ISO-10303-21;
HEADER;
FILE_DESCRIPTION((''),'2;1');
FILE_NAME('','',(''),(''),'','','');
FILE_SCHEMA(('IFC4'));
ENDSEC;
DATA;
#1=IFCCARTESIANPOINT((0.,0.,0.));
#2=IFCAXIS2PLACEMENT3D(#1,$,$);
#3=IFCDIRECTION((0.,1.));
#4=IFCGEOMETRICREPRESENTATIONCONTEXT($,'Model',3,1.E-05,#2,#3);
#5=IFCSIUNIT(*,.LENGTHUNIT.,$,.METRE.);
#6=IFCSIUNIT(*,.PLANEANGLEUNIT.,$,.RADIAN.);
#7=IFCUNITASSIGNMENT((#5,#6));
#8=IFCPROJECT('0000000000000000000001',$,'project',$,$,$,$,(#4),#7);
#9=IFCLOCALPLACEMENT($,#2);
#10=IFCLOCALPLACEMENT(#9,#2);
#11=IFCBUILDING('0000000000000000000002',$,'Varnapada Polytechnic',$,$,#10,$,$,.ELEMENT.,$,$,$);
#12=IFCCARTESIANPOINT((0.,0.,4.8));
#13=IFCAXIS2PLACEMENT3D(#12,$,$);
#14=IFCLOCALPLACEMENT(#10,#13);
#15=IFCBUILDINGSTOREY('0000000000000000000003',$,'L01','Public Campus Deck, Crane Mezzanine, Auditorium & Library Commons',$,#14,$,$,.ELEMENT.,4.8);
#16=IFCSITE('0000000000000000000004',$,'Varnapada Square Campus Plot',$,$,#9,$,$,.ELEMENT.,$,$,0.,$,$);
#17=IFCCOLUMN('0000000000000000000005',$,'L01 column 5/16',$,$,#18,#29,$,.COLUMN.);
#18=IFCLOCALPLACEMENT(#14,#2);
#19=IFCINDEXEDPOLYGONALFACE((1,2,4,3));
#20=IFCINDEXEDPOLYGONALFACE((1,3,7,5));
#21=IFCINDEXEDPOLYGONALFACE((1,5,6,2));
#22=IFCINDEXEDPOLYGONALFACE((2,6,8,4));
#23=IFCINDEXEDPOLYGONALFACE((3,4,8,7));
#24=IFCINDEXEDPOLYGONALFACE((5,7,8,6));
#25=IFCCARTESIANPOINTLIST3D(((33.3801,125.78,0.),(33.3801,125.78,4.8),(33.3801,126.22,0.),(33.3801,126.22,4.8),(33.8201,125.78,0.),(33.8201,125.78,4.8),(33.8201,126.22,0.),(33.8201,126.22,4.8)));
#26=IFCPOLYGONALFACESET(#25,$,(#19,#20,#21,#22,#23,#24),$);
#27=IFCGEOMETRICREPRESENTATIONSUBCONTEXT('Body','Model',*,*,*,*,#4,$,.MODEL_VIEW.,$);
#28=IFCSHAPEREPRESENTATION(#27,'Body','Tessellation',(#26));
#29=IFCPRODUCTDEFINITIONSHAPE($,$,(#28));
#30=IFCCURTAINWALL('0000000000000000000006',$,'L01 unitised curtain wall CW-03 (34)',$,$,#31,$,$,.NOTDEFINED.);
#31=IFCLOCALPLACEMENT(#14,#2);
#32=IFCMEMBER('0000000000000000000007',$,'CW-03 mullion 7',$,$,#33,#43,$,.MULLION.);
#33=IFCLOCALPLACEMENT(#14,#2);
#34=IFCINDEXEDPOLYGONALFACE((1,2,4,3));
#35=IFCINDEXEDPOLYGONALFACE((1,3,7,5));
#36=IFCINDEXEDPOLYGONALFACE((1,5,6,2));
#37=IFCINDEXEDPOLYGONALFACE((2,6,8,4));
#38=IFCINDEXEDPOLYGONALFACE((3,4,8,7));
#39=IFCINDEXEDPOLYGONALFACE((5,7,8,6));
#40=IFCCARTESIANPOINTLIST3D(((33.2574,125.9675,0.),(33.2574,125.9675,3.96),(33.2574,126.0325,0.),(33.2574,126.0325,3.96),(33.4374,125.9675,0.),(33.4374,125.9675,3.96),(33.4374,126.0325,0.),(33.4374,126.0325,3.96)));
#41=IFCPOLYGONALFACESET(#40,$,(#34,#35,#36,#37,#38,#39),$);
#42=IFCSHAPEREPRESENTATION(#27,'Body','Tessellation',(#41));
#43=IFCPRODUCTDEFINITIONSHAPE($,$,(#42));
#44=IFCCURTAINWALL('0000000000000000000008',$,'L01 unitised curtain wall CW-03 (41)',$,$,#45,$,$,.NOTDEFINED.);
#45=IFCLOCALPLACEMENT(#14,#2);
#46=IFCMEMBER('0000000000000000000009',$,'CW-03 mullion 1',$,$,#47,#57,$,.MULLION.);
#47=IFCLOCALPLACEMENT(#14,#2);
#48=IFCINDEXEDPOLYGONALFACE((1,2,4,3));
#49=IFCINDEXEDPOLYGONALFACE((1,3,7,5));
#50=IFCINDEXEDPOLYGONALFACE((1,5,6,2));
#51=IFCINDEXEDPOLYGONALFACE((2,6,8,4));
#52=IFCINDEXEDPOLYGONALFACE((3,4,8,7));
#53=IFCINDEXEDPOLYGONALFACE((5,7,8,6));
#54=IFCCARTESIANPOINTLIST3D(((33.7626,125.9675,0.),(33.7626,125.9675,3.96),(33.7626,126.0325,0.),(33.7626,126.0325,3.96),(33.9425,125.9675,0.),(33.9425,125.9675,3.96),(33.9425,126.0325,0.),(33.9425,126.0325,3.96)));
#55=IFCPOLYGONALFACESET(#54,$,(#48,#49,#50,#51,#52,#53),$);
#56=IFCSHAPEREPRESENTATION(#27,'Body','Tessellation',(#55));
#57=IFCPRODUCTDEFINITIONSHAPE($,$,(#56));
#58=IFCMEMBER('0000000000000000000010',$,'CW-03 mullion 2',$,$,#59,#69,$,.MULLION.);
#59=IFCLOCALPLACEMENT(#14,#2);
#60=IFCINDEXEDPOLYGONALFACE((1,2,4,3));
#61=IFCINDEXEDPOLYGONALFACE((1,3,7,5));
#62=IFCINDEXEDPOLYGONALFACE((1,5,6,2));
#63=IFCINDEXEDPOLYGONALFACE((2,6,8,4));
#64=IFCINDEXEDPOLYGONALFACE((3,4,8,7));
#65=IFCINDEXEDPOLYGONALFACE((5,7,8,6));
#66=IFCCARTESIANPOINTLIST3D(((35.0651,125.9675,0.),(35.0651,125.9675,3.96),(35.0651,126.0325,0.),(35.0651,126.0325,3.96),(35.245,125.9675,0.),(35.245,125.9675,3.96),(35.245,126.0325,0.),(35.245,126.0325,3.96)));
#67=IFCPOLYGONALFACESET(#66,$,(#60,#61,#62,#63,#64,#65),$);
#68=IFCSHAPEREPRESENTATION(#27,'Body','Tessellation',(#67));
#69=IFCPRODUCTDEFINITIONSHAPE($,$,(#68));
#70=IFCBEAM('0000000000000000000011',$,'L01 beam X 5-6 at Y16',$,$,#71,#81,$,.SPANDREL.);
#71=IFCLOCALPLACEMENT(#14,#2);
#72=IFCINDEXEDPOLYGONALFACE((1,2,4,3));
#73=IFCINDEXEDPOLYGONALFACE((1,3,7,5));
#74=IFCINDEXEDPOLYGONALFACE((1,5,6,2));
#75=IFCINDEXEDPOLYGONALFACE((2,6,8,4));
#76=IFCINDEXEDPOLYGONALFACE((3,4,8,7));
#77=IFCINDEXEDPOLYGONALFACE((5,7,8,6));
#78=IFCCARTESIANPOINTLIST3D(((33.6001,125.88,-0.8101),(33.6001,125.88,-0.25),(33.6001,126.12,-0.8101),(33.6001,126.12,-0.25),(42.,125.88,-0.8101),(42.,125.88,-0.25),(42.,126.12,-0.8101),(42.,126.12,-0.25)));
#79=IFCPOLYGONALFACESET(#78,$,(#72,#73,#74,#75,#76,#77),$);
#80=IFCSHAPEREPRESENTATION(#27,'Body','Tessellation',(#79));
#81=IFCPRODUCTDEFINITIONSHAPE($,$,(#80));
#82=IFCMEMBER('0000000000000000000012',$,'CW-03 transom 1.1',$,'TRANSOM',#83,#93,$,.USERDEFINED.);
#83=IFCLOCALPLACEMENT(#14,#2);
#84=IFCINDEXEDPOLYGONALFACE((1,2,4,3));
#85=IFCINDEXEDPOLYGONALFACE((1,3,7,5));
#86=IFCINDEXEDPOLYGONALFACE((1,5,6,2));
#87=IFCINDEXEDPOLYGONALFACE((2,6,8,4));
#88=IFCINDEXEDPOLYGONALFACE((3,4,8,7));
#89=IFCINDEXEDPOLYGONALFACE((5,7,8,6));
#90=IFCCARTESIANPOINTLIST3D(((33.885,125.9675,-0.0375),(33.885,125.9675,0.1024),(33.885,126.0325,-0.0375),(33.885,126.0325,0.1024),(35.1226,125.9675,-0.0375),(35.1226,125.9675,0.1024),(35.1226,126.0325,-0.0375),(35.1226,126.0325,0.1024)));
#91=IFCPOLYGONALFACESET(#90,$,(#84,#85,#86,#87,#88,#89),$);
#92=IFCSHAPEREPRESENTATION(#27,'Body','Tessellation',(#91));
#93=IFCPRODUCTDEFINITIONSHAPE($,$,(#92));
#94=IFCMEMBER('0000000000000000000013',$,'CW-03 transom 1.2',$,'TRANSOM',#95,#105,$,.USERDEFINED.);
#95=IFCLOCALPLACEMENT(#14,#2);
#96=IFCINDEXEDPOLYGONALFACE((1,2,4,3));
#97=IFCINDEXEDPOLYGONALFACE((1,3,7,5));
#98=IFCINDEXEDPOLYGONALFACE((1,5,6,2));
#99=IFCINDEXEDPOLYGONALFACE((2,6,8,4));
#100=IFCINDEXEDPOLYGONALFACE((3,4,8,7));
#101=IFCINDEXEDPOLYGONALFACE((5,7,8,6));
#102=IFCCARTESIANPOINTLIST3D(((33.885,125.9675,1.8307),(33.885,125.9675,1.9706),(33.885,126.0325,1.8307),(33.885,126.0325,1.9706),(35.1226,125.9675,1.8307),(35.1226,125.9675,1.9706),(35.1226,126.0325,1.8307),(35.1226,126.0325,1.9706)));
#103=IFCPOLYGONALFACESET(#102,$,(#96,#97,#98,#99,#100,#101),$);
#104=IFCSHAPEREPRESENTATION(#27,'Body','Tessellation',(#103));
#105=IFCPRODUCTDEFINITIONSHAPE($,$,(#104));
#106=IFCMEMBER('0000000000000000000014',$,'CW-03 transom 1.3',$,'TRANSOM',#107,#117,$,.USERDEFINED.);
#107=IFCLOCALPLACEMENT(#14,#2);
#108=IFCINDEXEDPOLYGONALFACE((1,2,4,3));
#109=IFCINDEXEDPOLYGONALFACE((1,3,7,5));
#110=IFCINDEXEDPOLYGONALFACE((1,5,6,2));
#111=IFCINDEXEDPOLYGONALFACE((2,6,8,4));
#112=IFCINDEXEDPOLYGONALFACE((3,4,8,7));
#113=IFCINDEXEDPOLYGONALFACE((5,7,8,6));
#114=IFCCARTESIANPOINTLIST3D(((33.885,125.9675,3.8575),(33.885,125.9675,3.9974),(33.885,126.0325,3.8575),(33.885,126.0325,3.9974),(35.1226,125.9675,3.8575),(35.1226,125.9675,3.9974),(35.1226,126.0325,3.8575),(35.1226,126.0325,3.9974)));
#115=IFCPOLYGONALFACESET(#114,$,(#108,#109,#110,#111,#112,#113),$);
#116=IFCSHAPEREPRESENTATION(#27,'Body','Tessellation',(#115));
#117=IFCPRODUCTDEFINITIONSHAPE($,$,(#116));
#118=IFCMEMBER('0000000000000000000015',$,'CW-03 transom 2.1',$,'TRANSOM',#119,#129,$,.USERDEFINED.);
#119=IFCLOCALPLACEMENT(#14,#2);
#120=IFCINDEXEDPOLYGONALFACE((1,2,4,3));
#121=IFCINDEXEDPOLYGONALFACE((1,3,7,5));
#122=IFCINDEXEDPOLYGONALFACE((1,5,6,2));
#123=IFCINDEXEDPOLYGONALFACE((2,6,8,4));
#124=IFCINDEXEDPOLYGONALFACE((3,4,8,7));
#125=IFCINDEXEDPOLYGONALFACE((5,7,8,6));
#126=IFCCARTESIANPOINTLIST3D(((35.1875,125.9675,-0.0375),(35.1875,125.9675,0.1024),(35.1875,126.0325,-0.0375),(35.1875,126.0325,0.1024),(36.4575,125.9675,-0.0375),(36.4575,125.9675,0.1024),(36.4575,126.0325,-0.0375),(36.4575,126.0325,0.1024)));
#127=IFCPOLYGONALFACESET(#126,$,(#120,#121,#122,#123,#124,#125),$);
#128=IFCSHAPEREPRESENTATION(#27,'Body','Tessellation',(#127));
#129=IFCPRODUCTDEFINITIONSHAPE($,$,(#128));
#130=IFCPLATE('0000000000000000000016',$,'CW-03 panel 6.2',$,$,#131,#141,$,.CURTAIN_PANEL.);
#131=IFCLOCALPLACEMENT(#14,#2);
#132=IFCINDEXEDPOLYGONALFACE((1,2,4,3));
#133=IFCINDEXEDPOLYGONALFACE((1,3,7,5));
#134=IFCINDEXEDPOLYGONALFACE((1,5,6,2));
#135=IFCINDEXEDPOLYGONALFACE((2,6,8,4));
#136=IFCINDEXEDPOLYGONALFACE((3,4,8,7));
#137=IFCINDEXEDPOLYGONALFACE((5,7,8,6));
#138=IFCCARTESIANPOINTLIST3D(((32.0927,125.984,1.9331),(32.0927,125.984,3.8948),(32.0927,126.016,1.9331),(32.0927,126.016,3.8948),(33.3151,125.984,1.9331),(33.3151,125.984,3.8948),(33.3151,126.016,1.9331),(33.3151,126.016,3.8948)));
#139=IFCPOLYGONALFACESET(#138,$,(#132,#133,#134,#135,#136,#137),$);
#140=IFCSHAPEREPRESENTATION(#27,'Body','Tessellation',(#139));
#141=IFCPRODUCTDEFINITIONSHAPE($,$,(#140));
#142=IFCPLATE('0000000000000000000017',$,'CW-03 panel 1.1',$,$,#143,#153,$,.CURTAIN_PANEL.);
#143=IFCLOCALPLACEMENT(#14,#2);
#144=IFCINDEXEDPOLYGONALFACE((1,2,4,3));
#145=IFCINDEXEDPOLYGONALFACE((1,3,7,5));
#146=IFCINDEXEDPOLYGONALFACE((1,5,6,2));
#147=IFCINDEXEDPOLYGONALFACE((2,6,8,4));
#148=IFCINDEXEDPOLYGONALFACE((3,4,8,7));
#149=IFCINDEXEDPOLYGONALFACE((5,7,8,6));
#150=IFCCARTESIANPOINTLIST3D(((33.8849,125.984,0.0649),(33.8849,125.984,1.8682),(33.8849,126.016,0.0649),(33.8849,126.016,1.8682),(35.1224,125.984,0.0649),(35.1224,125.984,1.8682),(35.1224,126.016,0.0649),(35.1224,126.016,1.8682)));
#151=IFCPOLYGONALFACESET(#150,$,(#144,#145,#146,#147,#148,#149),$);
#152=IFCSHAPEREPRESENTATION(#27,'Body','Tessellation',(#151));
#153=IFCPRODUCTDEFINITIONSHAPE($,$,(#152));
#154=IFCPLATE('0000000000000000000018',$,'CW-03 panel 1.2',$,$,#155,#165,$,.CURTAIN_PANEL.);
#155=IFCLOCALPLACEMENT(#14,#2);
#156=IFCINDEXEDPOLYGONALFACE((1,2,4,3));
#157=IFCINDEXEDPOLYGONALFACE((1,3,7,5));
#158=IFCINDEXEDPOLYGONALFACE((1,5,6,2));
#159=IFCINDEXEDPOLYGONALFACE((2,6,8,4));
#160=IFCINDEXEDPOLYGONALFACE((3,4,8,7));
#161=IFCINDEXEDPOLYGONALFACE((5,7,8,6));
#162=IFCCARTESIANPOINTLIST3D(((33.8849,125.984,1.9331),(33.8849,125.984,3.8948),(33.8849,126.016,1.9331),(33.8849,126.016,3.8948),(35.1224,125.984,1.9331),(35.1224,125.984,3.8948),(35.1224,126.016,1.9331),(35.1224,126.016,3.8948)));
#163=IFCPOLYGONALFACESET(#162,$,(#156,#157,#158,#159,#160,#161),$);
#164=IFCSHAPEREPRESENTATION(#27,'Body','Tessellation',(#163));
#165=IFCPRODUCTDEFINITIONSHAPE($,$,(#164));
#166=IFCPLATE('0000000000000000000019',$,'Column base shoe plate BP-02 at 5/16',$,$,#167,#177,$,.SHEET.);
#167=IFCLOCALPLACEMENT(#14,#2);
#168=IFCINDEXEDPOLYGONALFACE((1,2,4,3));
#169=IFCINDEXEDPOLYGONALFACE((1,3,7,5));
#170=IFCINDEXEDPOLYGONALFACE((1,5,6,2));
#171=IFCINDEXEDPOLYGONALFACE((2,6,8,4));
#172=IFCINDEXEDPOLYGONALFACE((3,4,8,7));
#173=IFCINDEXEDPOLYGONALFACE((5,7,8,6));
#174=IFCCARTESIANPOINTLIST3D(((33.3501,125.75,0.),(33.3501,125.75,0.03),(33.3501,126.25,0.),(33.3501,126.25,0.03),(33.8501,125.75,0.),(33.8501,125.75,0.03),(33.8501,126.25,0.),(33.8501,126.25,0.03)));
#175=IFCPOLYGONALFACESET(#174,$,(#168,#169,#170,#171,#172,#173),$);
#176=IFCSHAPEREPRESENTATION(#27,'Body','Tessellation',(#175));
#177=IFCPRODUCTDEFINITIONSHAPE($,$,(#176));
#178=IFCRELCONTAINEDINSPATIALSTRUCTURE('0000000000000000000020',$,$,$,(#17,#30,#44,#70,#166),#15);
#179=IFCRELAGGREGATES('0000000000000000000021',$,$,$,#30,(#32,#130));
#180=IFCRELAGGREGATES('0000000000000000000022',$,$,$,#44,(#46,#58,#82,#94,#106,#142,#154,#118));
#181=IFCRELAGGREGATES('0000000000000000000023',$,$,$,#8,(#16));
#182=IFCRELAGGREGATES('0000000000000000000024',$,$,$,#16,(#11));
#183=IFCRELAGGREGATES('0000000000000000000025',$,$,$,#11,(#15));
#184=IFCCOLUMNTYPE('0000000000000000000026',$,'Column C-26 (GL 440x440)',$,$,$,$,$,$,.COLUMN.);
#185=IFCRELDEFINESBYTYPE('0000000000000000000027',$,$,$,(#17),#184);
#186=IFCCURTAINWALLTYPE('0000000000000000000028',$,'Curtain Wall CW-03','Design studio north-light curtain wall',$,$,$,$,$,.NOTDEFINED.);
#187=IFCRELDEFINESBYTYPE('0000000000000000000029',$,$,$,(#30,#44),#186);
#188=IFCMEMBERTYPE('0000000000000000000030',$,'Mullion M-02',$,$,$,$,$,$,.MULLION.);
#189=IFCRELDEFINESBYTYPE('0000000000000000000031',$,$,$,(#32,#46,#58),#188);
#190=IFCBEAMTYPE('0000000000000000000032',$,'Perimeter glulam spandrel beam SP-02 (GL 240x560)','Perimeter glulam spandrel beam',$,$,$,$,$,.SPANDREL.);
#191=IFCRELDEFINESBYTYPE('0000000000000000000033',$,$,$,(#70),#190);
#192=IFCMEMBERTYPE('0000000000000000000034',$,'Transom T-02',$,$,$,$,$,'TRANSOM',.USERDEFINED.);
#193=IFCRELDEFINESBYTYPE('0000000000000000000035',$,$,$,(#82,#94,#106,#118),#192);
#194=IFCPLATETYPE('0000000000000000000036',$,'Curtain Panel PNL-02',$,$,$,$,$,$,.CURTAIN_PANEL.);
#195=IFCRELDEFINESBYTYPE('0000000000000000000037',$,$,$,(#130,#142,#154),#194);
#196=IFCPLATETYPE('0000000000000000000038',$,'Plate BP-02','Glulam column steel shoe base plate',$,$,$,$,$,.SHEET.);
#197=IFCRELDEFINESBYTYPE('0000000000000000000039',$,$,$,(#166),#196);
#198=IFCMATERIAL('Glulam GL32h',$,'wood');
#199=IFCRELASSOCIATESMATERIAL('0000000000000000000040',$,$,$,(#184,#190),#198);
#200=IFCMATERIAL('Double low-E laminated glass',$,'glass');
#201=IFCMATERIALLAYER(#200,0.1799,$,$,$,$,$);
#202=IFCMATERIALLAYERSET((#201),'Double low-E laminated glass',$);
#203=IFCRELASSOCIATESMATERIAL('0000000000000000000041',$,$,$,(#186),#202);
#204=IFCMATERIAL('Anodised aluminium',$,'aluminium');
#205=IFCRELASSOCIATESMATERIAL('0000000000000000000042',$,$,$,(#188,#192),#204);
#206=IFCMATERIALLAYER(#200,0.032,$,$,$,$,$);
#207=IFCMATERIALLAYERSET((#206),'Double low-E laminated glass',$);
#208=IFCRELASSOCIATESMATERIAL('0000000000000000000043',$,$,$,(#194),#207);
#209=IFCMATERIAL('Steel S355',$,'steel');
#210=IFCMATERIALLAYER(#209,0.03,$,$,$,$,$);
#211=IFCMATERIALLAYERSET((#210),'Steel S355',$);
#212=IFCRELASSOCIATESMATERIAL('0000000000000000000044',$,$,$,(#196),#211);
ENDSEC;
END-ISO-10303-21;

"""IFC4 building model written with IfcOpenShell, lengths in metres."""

from ifc_helpers import new_model, si_unit, direction, frame, origin, origin_2d, place, context, subcontext, project, spatial, rectangle, extrude, material, layer, layer_set, material_profile, profile_set, type_object, element, aggregate, save


model = new_model("IFC4")

# Units and contexts
model_context = context("Model", 3, precision=1e-05, world=origin(), true_north=direction((0.0, 1.0)))
body_context = subcontext(model_context, "Body", "Model", "MODEL_VIEW")
ifc_project = project(units=[si_unit("LENGTHUNIT", "METRE"), si_unit("PLANEANGLEUNIT", "RADIAN")], contexts=[model_context])

# Site, building, storey
site_placement = place(None, origin())
site = spatial("IfcSite", under=ifc_project, at=site_placement, Name="Varnapada Square Campus Plot", CompositionType="ELEMENT", RefElevation=0.0)
building_placement = place(site_placement, origin())
building = spatial("IfcBuilding", under=site, at=building_placement, Name="Varnapada Polytechnic", CompositionType="ELEMENT")
storey_placement = place(building_placement, frame((0.0, 0.0, 4.8)))
storey = spatial("IfcBuildingStorey", under=building, at=storey_placement, Name="L01", Description="Public Campus Deck, Crane Mezzanine, Auditorium & Library Commons", CompositionType="ELEMENT", Elevation=4.8)

# Column
ifc_material_1 = material(Name="Glulam GL32h", Category="wood")
ifc_material_profile_1 = material_profile(ifc_material_1, rectangle(XDim=0.4399, YDim=0.4399, at=origin_2d()), Name="GL 440x440")
ifc_profile_set_1 = profile_set([ifc_material_profile_1], Name="Glulam GL32h")
column_type = type_object("IfcColumnType", Name="Column C-26 (GL 440x440)", PredefinedType="COLUMN", material=ifc_profile_set_1)
column_placement = place(storey_placement, frame((33.6001, 126.0, 0.0), z_axis=(0.0, 0.0, 1.0), x_axis=(1.0, 0.0, 0.0)))
element("IfcColumn", 1, at=column_placement, inside=storey, type_object=column_type, Name="L01 column 5/16", PredefinedType="COLUMN", context=body_context, shape_type="SweptSolid", body=[
    extrude(rectangle(XDim=0.4399, YDim=0.4399, at=origin_2d()), origin(), (0.0, 0.0, 1.0), 4.8),
])

# Curtain wall, member
ifc_material_2 = material(Name="Double low-E laminated glass", Category="glass")
ifc_layer_1 = layer(ifc_material_2, 0.1799)
ifc_layer_set_1 = layer_set([ifc_layer_1], Name="Double low-E laminated glass")
curtain_wall_type = type_object("IfcCurtainWallType", Name="Curtain Wall CW-03", Description="Design studio north-light curtain wall", PredefinedType="NOTDEFINED", material=ifc_layer_set_1)
curtain_wall_1_placement = place(storey_placement, origin())
curtain_wall_1 = element("IfcCurtainWall", 2, at=curtain_wall_1_placement, inside=storey, type_object=curtain_wall_type, Name="L01 unitised curtain wall CW-03 (34)", PredefinedType="NOTDEFINED")
ifc_material_3 = material(Name="Anodised aluminium", Category="aluminium")
ifc_material_profile_2 = material_profile(ifc_material_3, rectangle(XDim=0.0649, YDim=0.1799, at=origin_2d()), Name="ALU M65x180")
ifc_profile_set_2 = profile_set([ifc_material_profile_2], Name="Anodised aluminium")
member_type_1 = type_object("IfcMemberType", Name="Mullion M-02", PredefinedType="MULLION", material=ifc_profile_set_2)
member_1_placement = place(storey_placement, frame((33.3474, 126.0, 0.0), z_axis=(0.0, 0.0, 1.0), x_axis=(0.0, 1.0, 0.0)))
member_1 = element("IfcMember", 3, at=member_1_placement, type_object=member_type_1, Name="CW-03 mullion 7", PredefinedType="MULLION", context=body_context, shape_type="SweptSolid", body=[
    extrude(rectangle(XDim=0.0649, YDim=0.1799, at=origin_2d()), origin(), (0.0, 0.0, 1.0), 3.96),
])

# Curtain wall, members
curtain_wall_2_placement = place(storey_placement, origin())
curtain_wall_2 = element("IfcCurtainWall", 4, at=curtain_wall_2_placement, inside=storey, type_object=curtain_wall_type, Name="L01 unitised curtain wall CW-03 (41)", PredefinedType="NOTDEFINED")
member_2_placement = place(storey_placement, frame((33.8525, 126.0, 0.0), z_axis=(0.0, 0.0, 1.0), x_axis=(0.0, 1.0, 0.0)))
member_2 = element("IfcMember", 5, at=member_2_placement, type_object=member_type_1, Name="CW-03 mullion 1", PredefinedType="MULLION", context=body_context, shape_type="SweptSolid", body=[
    extrude(rectangle(XDim=0.0649, YDim=0.1799, at=origin_2d()), origin(), (0.0, 0.0, 1.0), 3.96),
])
member_3_placement = place(storey_placement, frame((35.155, 126.0, 0.0), z_axis=(0.0, 0.0, 1.0), x_axis=(0.0, 1.0, 0.0)))
member_3 = element("IfcMember", 6, at=member_3_placement, type_object=member_type_1, Name="CW-03 mullion 2", PredefinedType="MULLION", context=body_context, shape_type="SweptSolid", body=[
    extrude(rectangle(XDim=0.0649, YDim=0.1799, at=origin_2d()), origin(), (0.0, 0.0, 1.0), 3.96),
])

# Beam
ifc_material_profile_3 = material_profile(ifc_material_1, rectangle(XDim=0.24, YDim=0.5601, at=origin_2d()), Name="GL 240x560")
ifc_profile_set_3 = profile_set([ifc_material_profile_3], Name="Glulam GL32h")
beam_type = type_object("IfcBeamType", Name="Perimeter glulam spandrel beam SP-02 (GL 240x560)", Description="Perimeter glulam spandrel beam", PredefinedType="SPANDREL", material=ifc_profile_set_3)
beam_placement = place(storey_placement, frame((33.6001, 126.0, -0.53), z_axis=(1.0, 0.0, 0.0), x_axis=(0.0, 1.0, 0.0)))
element("IfcBeam", 7, at=beam_placement, inside=storey, type_object=beam_type, Name="L01 beam X 5-6 at Y16", PredefinedType="SPANDREL", context=body_context, shape_type="SweptSolid", body=[
    extrude(rectangle(XDim=0.24, YDim=0.5601, at=origin_2d()), origin(), (0.0, 0.0, 1.0), 8.3999),
])

# Members
ifc_material_profile_4 = material_profile(ifc_material_3, rectangle(XDim=0.0649, YDim=0.1399, at=origin_2d()), Name="ALU T65x140")
ifc_profile_set_4 = profile_set([ifc_material_profile_4], Name="Anodised aluminium")
member_type_2 = type_object("IfcMemberType", Name="Transom T-02", ElementType="TRANSOM", PredefinedType="USERDEFINED", material=ifc_profile_set_4)
member_4_placement = place(storey_placement, frame((33.885, 126.0, 0.0325), z_axis=(1.0, 0.0, 0.0), x_axis=(0.0, 1.0, 0.0)))
member_4 = element("IfcMember", 8, at=member_4_placement, type_object=member_type_2, Name="CW-03 transom 1.1", ObjectType="TRANSOM", PredefinedType="USERDEFINED", context=body_context, shape_type="SweptSolid", body=[
    extrude(rectangle(XDim=0.0649, YDim=0.1399, at=origin_2d()), origin(), (0.0, 0.0, 1.0), 1.2375),
])
member_5_placement = place(storey_placement, frame((33.885, 126.0, 1.9006), z_axis=(1.0, 0.0, 0.0), x_axis=(0.0, 1.0, 0.0)))
member_5 = element("IfcMember", 9, at=member_5_placement, type_object=member_type_2, Name="CW-03 transom 1.2", ObjectType="TRANSOM", PredefinedType="USERDEFINED", context=body_context, shape_type="SweptSolid", body=[
    extrude(rectangle(XDim=0.0649, YDim=0.1399, at=origin_2d()), origin(), (0.0, 0.0, 1.0), 1.2375),
])
member_6_placement = place(storey_placement, frame((33.885, 126.0, 3.9275), z_axis=(1.0, 0.0, 0.0), x_axis=(0.0, 1.0, 0.0)))
member_6 = element("IfcMember", 10, at=member_6_placement, type_object=member_type_2, Name="CW-03 transom 1.3", ObjectType="TRANSOM", PredefinedType="USERDEFINED", context=body_context, shape_type="SweptSolid", body=[
    extrude(rectangle(XDim=0.0649, YDim=0.1399, at=origin_2d()), origin(), (0.0, 0.0, 1.0), 1.2375),
])
member_7_placement = place(storey_placement, frame((35.1875, 126.0, 0.0325), z_axis=(1.0, 0.0, 0.0), x_axis=(0.0, 1.0, 0.0)))
member_7 = element("IfcMember", 11, at=member_7_placement, type_object=member_type_2, Name="CW-03 transom 2.1", ObjectType="TRANSOM", PredefinedType="USERDEFINED", context=body_context, shape_type="SweptSolid", body=[
    extrude(rectangle(XDim=0.0649, YDim=0.1399, at=origin_2d()), origin(), (0.0, 0.0, 1.0), 1.27),
])

# Plates
ifc_layer_2 = layer(ifc_material_2, 0.032)
ifc_layer_set_2 = layer_set([ifc_layer_2], Name="Double low-E laminated glass")
plate_type_1 = type_object("IfcPlateType", Name="Curtain Panel PNL-02", PredefinedType="CURTAIN_PANEL", material=ifc_layer_set_2)
plate_1_placement = place(storey_placement, frame((32.7039, 126.0, 1.9331), z_axis=(0.0, 0.0, 1.0), x_axis=(1.0, 0.0, 0.0)))
plate_1 = element("IfcPlate", 12, at=plate_1_placement, type_object=plate_type_1, Name="CW-03 panel 6.2", PredefinedType="CURTAIN_PANEL", context=body_context, shape_type="SweptSolid", body=[
    extrude(rectangle(XDim=1.2224, YDim=0.032, at=origin_2d()), origin(), (0.0, 0.0, 1.0), 1.9617),
])
aggregate(curtain_wall_1, [member_1, plate_1])
plate_2_placement = place(storey_placement, frame((34.5037, 126.0, 0.0649), z_axis=(0.0, 0.0, 1.0), x_axis=(1.0, 0.0, 0.0)))
plate_2 = element("IfcPlate", 13, at=plate_2_placement, type_object=plate_type_1, Name="CW-03 panel 1.1", PredefinedType="CURTAIN_PANEL", context=body_context, shape_type="SweptSolid", body=[
    extrude(rectangle(XDim=1.2375, YDim=0.032, at=origin_2d()), origin(), (0.0, 0.0, 1.0), 1.8032),
])
plate_3_placement = place(storey_placement, frame((34.5037, 126.0, 1.9331), z_axis=(0.0, 0.0, 1.0), x_axis=(1.0, 0.0, 0.0)))
plate_3 = element("IfcPlate", 14, at=plate_3_placement, type_object=plate_type_1, Name="CW-03 panel 1.2", PredefinedType="CURTAIN_PANEL", context=body_context, shape_type="SweptSolid", body=[
    extrude(rectangle(XDim=1.2375, YDim=0.032, at=origin_2d()), origin(), (0.0, 0.0, 1.0), 1.9617),
])
aggregate(curtain_wall_2, [member_2, member_3, member_4, member_5, member_6, plate_2, plate_3, member_7])
ifc_material_4 = material(Name="Steel S355", Category="steel")
ifc_layer_3 = layer(ifc_material_4, 0.03)
ifc_layer_set_3 = layer_set([ifc_layer_3], Name="Steel S355")
plate_type_2 = type_object("IfcPlateType", Name="Plate BP-02", Description="Glulam column steel shoe base plate", PredefinedType="SHEET", material=ifc_layer_set_3)
plate_4_placement = place(storey_placement, frame((33.6001, 126.0, 0.0), z_axis=(0.0, 0.0, 1.0), x_axis=(1.0, 0.0, 0.0)))
element("IfcPlate", 15, at=plate_4_placement, inside=storey, type_object=plate_type_2, Name="Column base shoe plate BP-02 at 5/16", PredefinedType="SHEET", context=body_context, shape_type="SweptSolid", body=[
    extrude(rectangle(XDim=0.5, YDim=0.5, at=origin_2d()), origin(), (0.0, 0.0, 1.0), 0.03),
])

save(model, "model.ifc")
